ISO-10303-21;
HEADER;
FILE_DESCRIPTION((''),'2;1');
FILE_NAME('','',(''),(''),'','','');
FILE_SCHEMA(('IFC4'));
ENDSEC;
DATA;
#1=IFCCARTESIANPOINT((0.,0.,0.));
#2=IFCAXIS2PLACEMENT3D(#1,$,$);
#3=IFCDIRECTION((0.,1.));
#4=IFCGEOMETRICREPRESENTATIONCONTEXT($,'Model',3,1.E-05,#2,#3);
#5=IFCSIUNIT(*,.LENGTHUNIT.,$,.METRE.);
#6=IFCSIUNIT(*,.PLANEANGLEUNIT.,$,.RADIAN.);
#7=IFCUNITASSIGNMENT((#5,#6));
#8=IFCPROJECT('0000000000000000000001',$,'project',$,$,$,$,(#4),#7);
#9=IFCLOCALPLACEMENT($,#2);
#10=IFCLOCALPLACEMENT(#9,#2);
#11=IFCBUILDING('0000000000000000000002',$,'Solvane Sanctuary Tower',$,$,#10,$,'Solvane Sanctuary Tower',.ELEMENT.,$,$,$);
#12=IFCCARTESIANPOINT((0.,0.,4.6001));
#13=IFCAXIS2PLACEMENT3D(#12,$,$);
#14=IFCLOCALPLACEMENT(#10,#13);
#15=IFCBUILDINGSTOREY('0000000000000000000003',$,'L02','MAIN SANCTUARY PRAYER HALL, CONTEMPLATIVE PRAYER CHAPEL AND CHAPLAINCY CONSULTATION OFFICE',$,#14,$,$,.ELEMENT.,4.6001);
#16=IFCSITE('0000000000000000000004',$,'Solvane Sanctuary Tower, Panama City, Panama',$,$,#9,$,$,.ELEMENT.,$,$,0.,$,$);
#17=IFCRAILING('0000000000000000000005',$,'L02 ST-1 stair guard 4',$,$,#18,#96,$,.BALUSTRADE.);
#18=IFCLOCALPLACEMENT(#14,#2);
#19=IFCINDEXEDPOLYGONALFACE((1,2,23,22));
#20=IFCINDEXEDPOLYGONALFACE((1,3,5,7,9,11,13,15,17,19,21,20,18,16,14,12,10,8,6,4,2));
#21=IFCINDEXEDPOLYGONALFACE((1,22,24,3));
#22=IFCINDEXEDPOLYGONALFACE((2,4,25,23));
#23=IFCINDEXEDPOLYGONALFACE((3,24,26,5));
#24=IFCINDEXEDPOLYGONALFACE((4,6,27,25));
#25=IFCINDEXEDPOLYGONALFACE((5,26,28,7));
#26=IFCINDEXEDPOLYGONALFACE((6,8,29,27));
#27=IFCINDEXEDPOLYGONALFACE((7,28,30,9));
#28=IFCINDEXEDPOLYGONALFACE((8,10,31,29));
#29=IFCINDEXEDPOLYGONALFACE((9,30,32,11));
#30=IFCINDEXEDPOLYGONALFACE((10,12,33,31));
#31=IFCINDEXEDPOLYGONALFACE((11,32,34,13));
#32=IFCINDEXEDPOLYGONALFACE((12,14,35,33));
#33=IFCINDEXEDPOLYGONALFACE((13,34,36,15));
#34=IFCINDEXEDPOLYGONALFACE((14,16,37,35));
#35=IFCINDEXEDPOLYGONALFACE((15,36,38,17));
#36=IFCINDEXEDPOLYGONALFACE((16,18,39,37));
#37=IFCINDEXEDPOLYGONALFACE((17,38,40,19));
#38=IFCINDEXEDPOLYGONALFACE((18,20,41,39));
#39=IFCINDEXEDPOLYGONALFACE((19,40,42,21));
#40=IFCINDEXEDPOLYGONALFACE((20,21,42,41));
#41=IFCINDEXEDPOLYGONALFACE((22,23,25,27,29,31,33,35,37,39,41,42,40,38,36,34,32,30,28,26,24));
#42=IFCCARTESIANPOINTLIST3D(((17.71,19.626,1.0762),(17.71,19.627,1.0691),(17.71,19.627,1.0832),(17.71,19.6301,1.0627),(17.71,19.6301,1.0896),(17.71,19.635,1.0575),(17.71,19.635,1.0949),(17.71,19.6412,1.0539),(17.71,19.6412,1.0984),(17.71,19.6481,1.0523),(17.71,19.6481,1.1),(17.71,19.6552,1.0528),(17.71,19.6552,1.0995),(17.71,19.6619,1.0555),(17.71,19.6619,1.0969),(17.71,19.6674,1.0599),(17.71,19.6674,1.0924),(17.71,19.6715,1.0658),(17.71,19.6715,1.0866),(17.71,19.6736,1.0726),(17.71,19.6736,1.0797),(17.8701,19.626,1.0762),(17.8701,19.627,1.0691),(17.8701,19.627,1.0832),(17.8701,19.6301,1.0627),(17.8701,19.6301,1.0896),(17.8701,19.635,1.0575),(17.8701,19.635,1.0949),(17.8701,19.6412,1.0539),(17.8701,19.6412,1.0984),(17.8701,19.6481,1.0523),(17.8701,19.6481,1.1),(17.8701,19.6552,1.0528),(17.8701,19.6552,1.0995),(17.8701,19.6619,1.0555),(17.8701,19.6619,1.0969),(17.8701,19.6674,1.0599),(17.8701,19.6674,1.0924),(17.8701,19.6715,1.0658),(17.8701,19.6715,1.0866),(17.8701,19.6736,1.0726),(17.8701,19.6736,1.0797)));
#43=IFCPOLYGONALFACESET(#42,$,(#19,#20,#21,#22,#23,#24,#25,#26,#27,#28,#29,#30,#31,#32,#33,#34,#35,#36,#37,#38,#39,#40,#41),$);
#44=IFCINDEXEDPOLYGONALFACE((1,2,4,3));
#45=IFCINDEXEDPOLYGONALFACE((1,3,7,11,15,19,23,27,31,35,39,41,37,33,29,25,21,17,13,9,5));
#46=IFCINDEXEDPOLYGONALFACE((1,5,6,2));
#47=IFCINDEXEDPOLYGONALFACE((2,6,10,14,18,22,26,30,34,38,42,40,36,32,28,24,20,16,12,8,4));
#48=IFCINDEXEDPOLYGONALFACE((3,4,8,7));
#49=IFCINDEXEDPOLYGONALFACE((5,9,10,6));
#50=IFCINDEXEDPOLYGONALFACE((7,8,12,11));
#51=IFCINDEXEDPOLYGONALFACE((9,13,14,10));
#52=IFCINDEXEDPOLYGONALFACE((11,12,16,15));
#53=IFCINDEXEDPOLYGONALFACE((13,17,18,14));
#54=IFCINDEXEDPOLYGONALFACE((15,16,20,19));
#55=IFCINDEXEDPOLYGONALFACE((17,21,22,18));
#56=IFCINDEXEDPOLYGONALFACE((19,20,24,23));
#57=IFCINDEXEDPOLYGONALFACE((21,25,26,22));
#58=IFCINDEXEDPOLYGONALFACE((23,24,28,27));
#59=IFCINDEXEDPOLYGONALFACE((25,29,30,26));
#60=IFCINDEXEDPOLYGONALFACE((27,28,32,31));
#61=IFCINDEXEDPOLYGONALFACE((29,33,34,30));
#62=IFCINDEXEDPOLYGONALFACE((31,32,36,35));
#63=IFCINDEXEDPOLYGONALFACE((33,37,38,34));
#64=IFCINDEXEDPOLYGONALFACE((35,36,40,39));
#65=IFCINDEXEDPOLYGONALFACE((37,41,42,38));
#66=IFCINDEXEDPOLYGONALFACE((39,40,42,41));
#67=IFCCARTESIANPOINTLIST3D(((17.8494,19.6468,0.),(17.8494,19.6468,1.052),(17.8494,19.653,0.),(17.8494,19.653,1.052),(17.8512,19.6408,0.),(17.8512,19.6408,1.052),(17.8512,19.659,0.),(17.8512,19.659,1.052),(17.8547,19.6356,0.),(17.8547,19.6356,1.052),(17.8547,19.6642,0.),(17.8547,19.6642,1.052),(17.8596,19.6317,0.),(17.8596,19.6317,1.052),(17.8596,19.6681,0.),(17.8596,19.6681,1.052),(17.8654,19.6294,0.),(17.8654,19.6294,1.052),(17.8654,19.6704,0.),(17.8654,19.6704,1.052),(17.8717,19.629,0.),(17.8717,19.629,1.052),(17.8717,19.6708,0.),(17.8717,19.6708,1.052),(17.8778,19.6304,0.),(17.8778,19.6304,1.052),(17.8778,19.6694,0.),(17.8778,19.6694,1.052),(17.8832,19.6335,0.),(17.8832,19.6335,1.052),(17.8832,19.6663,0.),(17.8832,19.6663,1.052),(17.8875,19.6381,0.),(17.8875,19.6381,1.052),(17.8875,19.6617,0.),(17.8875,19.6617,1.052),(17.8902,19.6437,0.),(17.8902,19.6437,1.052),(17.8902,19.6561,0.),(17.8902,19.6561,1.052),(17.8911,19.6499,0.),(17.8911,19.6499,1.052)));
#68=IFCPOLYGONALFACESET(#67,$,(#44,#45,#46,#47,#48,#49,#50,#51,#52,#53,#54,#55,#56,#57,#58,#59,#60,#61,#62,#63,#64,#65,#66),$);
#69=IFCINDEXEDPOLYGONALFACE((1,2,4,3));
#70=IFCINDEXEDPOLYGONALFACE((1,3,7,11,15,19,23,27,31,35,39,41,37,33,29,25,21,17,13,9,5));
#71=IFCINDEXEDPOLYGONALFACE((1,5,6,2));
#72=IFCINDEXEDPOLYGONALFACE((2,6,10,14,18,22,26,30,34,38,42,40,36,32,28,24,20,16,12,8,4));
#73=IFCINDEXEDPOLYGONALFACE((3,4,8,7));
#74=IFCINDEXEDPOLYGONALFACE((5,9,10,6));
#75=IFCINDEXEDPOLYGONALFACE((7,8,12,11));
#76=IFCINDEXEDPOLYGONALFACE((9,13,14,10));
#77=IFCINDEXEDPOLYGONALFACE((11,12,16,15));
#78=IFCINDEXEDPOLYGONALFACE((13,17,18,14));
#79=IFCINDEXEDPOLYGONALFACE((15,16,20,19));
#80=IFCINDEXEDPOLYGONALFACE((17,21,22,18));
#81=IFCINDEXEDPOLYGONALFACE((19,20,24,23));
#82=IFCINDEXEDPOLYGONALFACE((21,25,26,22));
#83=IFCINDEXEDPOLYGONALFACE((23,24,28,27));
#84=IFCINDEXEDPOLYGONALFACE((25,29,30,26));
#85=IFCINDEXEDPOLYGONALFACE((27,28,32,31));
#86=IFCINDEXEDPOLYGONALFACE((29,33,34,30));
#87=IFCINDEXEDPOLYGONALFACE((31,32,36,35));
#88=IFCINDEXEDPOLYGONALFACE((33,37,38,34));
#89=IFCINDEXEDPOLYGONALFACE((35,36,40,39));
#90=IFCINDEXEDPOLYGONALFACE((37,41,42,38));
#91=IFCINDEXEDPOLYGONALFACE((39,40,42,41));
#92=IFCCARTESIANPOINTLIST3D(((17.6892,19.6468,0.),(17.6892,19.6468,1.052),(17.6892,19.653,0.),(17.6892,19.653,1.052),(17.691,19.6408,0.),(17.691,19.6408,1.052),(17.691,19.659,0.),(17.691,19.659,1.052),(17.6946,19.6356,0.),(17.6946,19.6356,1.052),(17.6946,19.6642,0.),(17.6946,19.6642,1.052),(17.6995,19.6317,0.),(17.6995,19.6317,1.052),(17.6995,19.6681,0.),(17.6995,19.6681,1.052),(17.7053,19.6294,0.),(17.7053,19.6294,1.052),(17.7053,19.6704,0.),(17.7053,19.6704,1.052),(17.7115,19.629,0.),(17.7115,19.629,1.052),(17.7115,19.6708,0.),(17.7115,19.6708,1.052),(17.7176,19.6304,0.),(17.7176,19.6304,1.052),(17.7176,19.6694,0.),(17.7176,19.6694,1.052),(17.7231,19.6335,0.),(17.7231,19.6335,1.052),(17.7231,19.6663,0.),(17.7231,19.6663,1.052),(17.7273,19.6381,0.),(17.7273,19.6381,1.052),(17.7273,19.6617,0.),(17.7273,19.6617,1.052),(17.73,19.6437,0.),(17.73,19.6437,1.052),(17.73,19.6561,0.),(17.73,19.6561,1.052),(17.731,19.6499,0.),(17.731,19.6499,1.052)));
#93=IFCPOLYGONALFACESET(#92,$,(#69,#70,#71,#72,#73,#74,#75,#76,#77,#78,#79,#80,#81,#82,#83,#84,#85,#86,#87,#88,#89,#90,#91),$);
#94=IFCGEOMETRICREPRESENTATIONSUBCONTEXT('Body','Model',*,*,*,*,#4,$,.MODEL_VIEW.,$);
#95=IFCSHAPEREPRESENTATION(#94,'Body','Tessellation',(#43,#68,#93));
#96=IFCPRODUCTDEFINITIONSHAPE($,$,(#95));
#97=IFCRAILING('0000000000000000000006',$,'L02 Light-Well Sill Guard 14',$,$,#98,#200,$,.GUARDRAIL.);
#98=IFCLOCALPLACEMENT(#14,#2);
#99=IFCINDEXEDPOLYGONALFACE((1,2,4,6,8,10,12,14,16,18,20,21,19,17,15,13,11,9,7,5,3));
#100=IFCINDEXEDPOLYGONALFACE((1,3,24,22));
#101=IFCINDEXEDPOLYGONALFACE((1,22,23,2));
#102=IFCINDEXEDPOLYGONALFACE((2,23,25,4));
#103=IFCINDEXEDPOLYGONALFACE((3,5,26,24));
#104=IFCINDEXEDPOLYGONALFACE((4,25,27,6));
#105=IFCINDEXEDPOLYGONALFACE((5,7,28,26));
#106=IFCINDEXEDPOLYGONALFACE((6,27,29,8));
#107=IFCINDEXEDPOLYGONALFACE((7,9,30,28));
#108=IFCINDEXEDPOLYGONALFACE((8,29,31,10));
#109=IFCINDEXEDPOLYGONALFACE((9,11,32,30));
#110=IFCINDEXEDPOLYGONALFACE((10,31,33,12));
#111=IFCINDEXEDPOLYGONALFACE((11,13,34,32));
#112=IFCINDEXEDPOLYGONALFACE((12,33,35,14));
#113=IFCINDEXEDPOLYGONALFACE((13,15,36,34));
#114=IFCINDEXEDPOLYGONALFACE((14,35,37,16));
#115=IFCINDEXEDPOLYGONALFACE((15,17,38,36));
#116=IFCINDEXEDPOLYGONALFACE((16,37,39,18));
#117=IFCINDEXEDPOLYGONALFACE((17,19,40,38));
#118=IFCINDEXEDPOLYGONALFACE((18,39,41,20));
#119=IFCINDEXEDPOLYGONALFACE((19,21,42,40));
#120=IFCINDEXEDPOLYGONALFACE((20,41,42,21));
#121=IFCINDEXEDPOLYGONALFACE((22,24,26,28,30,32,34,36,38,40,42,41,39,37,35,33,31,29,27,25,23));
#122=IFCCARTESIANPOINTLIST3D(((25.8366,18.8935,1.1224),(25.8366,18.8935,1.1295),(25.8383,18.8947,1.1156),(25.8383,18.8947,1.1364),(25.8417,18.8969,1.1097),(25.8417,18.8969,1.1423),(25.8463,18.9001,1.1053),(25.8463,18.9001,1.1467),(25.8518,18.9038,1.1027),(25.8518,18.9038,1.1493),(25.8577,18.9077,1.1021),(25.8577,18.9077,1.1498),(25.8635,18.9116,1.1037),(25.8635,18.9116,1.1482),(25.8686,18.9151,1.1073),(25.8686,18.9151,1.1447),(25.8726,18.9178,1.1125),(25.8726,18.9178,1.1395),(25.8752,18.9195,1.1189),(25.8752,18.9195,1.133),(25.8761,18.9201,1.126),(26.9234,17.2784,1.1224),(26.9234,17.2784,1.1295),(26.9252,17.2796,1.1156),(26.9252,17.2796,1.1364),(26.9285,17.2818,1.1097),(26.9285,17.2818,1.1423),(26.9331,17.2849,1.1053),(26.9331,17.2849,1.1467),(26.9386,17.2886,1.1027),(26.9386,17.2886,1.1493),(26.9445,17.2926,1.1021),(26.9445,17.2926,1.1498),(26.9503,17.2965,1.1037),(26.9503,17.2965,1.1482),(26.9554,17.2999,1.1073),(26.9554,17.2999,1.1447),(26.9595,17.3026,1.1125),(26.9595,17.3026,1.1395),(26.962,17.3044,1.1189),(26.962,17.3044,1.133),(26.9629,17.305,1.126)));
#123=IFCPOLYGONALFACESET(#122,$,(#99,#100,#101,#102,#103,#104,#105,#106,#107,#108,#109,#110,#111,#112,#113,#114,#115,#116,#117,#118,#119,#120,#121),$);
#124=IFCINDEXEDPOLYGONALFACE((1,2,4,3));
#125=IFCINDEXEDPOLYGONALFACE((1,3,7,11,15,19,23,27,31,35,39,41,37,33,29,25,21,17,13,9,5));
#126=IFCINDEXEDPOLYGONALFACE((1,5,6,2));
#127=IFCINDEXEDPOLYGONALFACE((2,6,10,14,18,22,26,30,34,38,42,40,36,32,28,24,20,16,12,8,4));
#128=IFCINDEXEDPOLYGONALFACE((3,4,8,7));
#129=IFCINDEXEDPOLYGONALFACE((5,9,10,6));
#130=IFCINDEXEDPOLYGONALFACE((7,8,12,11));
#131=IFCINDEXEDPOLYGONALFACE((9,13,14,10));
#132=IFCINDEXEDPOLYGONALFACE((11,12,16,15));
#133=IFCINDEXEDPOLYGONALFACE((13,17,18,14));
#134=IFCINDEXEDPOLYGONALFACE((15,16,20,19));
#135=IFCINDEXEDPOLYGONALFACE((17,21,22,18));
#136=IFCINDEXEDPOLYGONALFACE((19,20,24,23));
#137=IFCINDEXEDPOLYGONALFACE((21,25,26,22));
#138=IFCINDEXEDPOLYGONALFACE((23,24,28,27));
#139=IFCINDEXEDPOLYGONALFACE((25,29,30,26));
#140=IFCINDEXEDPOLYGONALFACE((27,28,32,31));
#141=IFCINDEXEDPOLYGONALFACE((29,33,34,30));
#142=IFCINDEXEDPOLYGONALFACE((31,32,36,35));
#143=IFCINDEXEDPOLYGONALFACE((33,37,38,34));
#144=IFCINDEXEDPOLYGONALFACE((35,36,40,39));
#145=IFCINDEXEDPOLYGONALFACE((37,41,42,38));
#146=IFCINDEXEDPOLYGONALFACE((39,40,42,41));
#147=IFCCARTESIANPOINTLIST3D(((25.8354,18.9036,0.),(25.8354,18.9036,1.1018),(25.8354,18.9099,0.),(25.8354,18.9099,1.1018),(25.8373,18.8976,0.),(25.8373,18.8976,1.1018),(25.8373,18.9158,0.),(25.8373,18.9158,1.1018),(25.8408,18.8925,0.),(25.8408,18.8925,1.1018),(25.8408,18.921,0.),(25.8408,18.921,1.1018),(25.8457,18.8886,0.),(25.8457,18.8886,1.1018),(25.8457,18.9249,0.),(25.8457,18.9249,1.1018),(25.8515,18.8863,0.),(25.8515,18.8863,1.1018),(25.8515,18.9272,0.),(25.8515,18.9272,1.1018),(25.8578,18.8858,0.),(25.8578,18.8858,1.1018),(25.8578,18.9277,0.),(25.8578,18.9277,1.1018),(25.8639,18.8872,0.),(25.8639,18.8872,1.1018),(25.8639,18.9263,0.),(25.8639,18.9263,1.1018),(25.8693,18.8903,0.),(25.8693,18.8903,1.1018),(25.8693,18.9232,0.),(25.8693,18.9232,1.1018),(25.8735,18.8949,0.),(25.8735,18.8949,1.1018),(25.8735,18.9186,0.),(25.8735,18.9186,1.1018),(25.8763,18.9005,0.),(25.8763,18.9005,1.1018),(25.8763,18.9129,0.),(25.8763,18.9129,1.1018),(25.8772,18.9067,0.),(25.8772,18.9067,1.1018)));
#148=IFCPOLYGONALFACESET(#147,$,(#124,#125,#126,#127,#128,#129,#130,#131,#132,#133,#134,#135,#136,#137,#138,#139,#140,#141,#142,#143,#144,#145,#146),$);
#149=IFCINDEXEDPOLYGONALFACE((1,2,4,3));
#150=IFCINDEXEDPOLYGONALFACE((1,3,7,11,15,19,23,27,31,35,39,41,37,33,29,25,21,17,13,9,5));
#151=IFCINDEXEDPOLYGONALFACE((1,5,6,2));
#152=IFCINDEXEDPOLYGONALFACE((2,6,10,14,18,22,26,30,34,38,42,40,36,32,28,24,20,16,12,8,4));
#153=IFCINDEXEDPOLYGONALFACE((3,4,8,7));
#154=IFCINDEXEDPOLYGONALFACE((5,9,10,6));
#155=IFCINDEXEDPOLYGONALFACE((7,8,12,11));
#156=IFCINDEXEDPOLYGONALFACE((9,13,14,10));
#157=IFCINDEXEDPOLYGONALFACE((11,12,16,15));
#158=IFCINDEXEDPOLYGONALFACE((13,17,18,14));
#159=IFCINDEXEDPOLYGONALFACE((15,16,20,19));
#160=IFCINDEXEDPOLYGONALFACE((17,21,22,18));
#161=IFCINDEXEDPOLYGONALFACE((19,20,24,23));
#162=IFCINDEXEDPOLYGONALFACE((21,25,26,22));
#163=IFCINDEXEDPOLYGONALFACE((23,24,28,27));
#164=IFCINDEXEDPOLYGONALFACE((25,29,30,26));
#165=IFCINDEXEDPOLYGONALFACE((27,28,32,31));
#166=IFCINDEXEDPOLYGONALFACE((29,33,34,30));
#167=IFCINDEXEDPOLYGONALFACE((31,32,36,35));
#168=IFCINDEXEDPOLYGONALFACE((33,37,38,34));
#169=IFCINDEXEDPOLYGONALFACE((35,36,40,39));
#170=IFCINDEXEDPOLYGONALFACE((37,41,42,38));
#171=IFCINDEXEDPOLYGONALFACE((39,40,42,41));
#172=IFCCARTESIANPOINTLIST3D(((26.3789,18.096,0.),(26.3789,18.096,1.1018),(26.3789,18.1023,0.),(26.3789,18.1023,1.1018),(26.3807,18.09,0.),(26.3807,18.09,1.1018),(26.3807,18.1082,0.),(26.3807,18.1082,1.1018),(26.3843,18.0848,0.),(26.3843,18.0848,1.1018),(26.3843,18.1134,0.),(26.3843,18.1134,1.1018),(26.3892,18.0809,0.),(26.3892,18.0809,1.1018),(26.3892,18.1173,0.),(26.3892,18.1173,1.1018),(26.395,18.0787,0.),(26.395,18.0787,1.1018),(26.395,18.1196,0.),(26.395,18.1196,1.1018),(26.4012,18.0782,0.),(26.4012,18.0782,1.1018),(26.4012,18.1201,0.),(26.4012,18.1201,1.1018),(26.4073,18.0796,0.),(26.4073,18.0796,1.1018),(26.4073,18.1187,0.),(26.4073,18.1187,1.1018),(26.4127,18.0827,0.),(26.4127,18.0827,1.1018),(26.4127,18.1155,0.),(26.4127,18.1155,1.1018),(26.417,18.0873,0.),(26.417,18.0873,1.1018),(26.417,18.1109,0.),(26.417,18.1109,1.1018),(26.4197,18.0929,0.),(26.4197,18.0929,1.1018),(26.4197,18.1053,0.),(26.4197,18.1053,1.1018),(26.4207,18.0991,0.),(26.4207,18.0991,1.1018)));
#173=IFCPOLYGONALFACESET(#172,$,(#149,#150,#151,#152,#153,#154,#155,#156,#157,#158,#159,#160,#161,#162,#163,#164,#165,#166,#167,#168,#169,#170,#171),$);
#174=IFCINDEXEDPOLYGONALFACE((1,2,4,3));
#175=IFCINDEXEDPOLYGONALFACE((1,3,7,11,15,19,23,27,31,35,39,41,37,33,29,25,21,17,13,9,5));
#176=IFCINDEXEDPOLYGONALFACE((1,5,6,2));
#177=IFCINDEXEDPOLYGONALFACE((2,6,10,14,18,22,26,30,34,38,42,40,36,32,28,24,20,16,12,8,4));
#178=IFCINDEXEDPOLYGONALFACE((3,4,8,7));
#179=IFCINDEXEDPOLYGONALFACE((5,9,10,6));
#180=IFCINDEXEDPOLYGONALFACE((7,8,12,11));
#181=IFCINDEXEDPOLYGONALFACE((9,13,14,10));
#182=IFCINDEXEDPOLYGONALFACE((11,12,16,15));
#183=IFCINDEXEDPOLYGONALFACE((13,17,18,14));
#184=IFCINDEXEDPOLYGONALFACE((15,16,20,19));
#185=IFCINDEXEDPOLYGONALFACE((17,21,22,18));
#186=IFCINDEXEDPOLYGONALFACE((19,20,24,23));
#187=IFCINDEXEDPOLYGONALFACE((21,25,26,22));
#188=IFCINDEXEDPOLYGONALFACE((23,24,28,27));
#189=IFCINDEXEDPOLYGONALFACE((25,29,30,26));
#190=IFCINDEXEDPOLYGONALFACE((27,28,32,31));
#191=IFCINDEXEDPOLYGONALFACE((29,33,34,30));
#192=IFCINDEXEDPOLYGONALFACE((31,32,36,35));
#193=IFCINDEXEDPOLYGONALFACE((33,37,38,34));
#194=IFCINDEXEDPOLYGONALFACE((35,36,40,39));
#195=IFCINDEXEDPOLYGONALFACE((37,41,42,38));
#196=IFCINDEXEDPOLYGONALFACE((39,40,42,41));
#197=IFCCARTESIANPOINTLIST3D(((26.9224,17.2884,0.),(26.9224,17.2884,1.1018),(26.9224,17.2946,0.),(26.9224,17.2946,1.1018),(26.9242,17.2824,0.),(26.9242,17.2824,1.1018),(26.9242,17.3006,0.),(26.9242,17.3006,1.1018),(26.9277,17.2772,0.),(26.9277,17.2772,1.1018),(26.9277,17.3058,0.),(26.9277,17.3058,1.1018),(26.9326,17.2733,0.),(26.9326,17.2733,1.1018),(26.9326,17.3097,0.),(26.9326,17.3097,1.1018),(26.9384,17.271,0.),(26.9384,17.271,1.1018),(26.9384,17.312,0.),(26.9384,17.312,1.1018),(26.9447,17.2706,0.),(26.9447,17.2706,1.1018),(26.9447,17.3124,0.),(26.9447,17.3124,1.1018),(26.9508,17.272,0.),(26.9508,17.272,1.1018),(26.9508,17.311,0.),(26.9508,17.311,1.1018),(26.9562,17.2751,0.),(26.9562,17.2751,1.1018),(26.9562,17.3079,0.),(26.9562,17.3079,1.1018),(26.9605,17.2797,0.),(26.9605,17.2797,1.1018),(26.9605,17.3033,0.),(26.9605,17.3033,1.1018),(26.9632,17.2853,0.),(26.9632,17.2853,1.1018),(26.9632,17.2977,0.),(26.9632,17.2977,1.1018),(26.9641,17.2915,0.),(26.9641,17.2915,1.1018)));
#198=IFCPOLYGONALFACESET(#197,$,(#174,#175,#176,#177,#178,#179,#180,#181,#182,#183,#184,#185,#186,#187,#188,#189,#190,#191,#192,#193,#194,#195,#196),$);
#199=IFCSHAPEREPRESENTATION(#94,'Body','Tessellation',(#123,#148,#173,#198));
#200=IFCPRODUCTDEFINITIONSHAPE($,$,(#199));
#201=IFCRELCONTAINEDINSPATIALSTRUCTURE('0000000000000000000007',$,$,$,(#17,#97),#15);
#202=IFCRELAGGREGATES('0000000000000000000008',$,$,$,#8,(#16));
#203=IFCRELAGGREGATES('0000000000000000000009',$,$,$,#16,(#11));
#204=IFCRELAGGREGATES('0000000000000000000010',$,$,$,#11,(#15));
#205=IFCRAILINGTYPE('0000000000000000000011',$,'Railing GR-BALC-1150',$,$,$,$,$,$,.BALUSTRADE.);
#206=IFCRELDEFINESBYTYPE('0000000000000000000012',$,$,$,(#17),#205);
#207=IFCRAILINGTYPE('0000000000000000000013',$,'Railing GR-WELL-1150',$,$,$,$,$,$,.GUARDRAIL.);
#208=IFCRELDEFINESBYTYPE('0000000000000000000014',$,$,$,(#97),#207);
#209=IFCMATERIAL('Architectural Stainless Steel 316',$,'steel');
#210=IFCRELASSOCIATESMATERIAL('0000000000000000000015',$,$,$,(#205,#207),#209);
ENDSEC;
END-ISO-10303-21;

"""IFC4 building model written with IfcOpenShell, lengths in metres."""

from ifc_helpers import new_model, si_unit, direction, frame, origin, origin_2d, place, context, subcontext, project, spatial, circle, extrude, material, type_object, element, save


model = new_model("IFC4")

# Units and contexts
model_context = context("Model", 3, precision=1e-05, world=origin(), true_north=direction((0.0, 1.0)))
body_context = subcontext(model_context, "Body", "Model", "MODEL_VIEW")
ifc_project = project(units=[si_unit("LENGTHUNIT", "METRE"), si_unit("PLANEANGLEUNIT", "RADIAN")], contexts=[model_context])

# Site, building, storey
site_placement = place(None, origin())
site = spatial("IfcSite", under=ifc_project, at=site_placement, Name="Solvane Sanctuary Tower, Panama City, Panama", CompositionType="ELEMENT", RefElevation=0.0)
building_placement = place(site_placement, origin())
building = spatial("IfcBuilding", under=site, at=building_placement, Name="Solvane Sanctuary Tower", LongName="Solvane Sanctuary Tower", CompositionType="ELEMENT")
storey_placement = place(building_placement, frame((0.0, 0.0, 4.6001)))
storey = spatial("IfcBuildingStorey", under=building, at=storey_placement, Name="L02", Description="MAIN SANCTUARY PRAYER HALL, CONTEMPLATIVE PRAYER CHAPEL AND CHAPLAINCY CONSULTATION OFFICE", CompositionType="ELEMENT", Elevation=4.6001)

# Shared definitions
ifc_material_1 = material(Name="Architectural Stainless Steel 316", Category="steel")

# Railings
railing_type_1 = type_object("IfcRailingType", Name="Railing GR-BALC-1150", PredefinedType="BALUSTRADE", material=ifc_material_1)
railing_1_placement = place(storey_placement, frame((17.8701, 19.6499, 0.0)))
element("IfcRailing", 1, at=railing_1_placement, inside=storey, type_object=railing_type_1, Name="L02 ST-1 stair guard 4", PredefinedType="BALUSTRADE", context=body_context, shape_type="SweptSolid", body=[
    extrude(circle(Radius=0.0239, at=origin_2d()), frame((0.0, 0.0, 1.0762), z_axis=(-1.0, 0.0, 0.0), x_axis=(0.0, -1.0, 0.0)), (0.0, 0.0, 1.0), 0.1602),
    extrude(circle(Radius=0.021, at=origin_2d()), origin(), (0.0, 0.0, 1.0), 1.052),
    extrude(circle(Radius=0.021, at=origin_2d()), frame((-0.1602, 0.0, 0.0)), (0.0, 0.0, 1.0), 1.052),
])
railing_type_2 = type_object("IfcRailingType", Name="Railing GR-WELL-1150", PredefinedType="GUARDRAIL", material=ifc_material_1)
railing_2_placement = place(storey_placement, frame((25.8562, 18.9067, 0.0)))
element("IfcRailing", 2, at=railing_2_placement, inside=storey, type_object=railing_type_2, Name="L02 Light-Well Sill Guard 14", PredefinedType="GUARDRAIL", context=body_context, shape_type="SweptSolid", body=[
    extrude(circle(Radius=0.0239, at=origin_2d()), frame((0.0, 0.0, 1.126), z_axis=(0.558283, -0.82965, 0.0), x_axis=(0.82965, 0.558283, 0.0)), (0.0, 0.0, 1.0), 1.9468),
    extrude(circle(Radius=0.021, at=origin_2d()), origin(), (0.0, 0.0, 1.0), 1.1018),
    extrude(circle(Radius=0.021, at=origin_2d()), frame((0.5435, -0.8076, 0.0)), (0.0, 0.0, 1.0), 1.1018),
    extrude(circle(Radius=0.021, at=origin_2d()), frame((1.0869, -1.6152, 0.0)), (0.0, 0.0, 1.0), 1.1018),
])

save(model, "model.ifc")
